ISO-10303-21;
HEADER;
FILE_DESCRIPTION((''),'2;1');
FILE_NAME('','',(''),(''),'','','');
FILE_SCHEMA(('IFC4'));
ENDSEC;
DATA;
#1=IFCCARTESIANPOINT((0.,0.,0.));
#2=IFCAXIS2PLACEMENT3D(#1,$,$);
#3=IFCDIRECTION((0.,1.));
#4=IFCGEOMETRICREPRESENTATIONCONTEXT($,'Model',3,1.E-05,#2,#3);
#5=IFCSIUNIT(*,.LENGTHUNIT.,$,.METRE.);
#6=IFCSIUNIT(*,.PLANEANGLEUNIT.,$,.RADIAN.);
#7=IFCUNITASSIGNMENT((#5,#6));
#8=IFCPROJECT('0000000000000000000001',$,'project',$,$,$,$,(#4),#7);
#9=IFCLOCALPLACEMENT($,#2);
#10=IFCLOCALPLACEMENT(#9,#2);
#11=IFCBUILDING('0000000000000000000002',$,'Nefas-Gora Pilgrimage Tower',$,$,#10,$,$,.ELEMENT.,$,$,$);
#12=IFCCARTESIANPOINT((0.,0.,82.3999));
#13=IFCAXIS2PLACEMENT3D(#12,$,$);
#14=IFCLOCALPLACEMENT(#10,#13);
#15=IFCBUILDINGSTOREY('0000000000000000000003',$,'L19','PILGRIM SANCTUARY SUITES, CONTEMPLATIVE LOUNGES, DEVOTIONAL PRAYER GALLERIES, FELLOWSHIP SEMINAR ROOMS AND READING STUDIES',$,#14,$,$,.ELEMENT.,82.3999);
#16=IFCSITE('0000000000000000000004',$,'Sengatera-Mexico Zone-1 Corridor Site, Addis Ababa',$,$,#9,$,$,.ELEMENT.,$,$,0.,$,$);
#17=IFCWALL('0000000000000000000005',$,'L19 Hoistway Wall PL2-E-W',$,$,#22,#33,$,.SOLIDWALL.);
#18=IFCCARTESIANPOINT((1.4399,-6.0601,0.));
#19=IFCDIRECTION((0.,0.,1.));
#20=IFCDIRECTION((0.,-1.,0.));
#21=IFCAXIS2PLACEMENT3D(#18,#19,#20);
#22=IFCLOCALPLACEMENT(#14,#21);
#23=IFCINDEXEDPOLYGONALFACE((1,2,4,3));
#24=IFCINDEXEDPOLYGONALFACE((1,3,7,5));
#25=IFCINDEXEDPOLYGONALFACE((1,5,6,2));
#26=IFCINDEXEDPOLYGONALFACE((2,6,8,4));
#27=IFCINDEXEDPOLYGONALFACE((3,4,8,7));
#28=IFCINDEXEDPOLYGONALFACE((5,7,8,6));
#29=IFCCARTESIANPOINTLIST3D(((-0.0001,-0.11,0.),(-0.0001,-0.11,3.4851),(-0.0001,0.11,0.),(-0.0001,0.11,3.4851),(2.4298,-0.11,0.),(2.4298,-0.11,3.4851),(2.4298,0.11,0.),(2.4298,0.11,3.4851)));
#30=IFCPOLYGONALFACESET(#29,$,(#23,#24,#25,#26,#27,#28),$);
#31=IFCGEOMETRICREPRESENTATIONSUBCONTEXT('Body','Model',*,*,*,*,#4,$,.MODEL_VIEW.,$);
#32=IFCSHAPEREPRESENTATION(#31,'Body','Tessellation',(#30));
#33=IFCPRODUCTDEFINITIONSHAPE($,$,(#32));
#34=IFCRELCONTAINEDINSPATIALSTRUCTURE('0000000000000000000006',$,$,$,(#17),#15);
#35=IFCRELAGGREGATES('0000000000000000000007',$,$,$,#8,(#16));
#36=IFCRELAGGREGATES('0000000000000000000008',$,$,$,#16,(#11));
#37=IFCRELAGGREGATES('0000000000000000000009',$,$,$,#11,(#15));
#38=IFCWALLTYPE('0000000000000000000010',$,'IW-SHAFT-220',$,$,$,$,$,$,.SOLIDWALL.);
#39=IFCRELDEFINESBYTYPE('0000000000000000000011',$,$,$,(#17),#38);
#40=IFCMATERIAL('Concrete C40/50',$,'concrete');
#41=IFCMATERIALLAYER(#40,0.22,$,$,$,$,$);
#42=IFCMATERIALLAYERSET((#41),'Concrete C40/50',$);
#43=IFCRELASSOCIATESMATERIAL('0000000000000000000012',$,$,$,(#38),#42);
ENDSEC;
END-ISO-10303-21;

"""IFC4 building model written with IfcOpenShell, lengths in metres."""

from ifc_helpers import new_model, si_unit, direction, frame, frame_2d, origin, place, context, subcontext, project, spatial, rectangle, extrude, source, transform, mapped, material, layer, layer_set, type_object, element, save


model = new_model("IFC4")

# Units and contexts
model_context = context("Model", 3, precision=1e-05, world=origin(), true_north=direction((0.0, 1.0)))
body_context = subcontext(model_context, "Body", "Model", "MODEL_VIEW")
ifc_project = project(units=[si_unit("LENGTHUNIT", "METRE"), si_unit("PLANEANGLEUNIT", "RADIAN")], contexts=[model_context])

# Site, building, storey
site_placement = place(None, origin())
site = spatial("IfcSite", under=ifc_project, at=site_placement, Name="Sengatera-Mexico Zone-1 Corridor Site, Addis Ababa", CompositionType="ELEMENT", RefElevation=0.0)
building_placement = place(site_placement, origin())
building = spatial("IfcBuilding", under=site, at=building_placement, Name="Nefas-Gora Pilgrimage Tower", CompositionType="ELEMENT")
storey_placement = place(building_placement, frame((0.0, 0.0, 82.3999)))
storey = spatial("IfcBuildingStorey", under=building, at=storey_placement, Name="L19", Description="PILGRIM SANCTUARY SUITES, CONTEMPLATIVE LOUNGES, DEVOTIONAL PRAYER GALLERIES, FELLOWSHIP SEMINAR ROOMS AND READING STUDIES", CompositionType="ELEMENT", Elevation=82.3999)

# Shared definitions
ifc_material_1 = material(Name="Concrete C40/50", Category="concrete")
ifc_layer_1 = layer(ifc_material_1, 0.22)
ifc_layer_set_1 = layer_set([ifc_layer_1], Name="Concrete C40/50")
wall_type_1 = type_object("IfcWallType", Name="IW-SHAFT-220", PredefinedType="SOLIDWALL", material=ifc_layer_set_1)

# Wall
shared_shape_1 = source(origin(), body_context, "Body", "SweptSolid", [
    extrude(rectangle(XDim=2.4299, YDim=0.22, at=frame_2d((1.2148, 0.0))), origin(), (0.0, 0.0, 1.0), 3.4851),
])
for number, where, z_axis, x_axis, name in (
    (1, (1.4399, -6.0601, 0.0), (0.0, 0.0, 1.0), (0.0, -1.0, 0.0), "L19 Hoistway Wall PL2-E-W"),
):
    element("IfcWall", number, at=place(storey_placement, frame(where, z_axis=z_axis, x_axis=x_axis)), inside=storey, type_object=wall_type_1, Name=name, PredefinedType="SOLIDWALL", context=body_context, shape_type="MappedRepresentation", body=[
        mapped(shared_shape_1, transform((0.0, 0.0, 0.0), x_axis=(1.0, 0.0, 0.0), y_axis=(0.0, 1.0, 0.0), z_axis=(0.0, 0.0, 1.0), scale=1.0)),
    ])

save(model, "model.ifc")
